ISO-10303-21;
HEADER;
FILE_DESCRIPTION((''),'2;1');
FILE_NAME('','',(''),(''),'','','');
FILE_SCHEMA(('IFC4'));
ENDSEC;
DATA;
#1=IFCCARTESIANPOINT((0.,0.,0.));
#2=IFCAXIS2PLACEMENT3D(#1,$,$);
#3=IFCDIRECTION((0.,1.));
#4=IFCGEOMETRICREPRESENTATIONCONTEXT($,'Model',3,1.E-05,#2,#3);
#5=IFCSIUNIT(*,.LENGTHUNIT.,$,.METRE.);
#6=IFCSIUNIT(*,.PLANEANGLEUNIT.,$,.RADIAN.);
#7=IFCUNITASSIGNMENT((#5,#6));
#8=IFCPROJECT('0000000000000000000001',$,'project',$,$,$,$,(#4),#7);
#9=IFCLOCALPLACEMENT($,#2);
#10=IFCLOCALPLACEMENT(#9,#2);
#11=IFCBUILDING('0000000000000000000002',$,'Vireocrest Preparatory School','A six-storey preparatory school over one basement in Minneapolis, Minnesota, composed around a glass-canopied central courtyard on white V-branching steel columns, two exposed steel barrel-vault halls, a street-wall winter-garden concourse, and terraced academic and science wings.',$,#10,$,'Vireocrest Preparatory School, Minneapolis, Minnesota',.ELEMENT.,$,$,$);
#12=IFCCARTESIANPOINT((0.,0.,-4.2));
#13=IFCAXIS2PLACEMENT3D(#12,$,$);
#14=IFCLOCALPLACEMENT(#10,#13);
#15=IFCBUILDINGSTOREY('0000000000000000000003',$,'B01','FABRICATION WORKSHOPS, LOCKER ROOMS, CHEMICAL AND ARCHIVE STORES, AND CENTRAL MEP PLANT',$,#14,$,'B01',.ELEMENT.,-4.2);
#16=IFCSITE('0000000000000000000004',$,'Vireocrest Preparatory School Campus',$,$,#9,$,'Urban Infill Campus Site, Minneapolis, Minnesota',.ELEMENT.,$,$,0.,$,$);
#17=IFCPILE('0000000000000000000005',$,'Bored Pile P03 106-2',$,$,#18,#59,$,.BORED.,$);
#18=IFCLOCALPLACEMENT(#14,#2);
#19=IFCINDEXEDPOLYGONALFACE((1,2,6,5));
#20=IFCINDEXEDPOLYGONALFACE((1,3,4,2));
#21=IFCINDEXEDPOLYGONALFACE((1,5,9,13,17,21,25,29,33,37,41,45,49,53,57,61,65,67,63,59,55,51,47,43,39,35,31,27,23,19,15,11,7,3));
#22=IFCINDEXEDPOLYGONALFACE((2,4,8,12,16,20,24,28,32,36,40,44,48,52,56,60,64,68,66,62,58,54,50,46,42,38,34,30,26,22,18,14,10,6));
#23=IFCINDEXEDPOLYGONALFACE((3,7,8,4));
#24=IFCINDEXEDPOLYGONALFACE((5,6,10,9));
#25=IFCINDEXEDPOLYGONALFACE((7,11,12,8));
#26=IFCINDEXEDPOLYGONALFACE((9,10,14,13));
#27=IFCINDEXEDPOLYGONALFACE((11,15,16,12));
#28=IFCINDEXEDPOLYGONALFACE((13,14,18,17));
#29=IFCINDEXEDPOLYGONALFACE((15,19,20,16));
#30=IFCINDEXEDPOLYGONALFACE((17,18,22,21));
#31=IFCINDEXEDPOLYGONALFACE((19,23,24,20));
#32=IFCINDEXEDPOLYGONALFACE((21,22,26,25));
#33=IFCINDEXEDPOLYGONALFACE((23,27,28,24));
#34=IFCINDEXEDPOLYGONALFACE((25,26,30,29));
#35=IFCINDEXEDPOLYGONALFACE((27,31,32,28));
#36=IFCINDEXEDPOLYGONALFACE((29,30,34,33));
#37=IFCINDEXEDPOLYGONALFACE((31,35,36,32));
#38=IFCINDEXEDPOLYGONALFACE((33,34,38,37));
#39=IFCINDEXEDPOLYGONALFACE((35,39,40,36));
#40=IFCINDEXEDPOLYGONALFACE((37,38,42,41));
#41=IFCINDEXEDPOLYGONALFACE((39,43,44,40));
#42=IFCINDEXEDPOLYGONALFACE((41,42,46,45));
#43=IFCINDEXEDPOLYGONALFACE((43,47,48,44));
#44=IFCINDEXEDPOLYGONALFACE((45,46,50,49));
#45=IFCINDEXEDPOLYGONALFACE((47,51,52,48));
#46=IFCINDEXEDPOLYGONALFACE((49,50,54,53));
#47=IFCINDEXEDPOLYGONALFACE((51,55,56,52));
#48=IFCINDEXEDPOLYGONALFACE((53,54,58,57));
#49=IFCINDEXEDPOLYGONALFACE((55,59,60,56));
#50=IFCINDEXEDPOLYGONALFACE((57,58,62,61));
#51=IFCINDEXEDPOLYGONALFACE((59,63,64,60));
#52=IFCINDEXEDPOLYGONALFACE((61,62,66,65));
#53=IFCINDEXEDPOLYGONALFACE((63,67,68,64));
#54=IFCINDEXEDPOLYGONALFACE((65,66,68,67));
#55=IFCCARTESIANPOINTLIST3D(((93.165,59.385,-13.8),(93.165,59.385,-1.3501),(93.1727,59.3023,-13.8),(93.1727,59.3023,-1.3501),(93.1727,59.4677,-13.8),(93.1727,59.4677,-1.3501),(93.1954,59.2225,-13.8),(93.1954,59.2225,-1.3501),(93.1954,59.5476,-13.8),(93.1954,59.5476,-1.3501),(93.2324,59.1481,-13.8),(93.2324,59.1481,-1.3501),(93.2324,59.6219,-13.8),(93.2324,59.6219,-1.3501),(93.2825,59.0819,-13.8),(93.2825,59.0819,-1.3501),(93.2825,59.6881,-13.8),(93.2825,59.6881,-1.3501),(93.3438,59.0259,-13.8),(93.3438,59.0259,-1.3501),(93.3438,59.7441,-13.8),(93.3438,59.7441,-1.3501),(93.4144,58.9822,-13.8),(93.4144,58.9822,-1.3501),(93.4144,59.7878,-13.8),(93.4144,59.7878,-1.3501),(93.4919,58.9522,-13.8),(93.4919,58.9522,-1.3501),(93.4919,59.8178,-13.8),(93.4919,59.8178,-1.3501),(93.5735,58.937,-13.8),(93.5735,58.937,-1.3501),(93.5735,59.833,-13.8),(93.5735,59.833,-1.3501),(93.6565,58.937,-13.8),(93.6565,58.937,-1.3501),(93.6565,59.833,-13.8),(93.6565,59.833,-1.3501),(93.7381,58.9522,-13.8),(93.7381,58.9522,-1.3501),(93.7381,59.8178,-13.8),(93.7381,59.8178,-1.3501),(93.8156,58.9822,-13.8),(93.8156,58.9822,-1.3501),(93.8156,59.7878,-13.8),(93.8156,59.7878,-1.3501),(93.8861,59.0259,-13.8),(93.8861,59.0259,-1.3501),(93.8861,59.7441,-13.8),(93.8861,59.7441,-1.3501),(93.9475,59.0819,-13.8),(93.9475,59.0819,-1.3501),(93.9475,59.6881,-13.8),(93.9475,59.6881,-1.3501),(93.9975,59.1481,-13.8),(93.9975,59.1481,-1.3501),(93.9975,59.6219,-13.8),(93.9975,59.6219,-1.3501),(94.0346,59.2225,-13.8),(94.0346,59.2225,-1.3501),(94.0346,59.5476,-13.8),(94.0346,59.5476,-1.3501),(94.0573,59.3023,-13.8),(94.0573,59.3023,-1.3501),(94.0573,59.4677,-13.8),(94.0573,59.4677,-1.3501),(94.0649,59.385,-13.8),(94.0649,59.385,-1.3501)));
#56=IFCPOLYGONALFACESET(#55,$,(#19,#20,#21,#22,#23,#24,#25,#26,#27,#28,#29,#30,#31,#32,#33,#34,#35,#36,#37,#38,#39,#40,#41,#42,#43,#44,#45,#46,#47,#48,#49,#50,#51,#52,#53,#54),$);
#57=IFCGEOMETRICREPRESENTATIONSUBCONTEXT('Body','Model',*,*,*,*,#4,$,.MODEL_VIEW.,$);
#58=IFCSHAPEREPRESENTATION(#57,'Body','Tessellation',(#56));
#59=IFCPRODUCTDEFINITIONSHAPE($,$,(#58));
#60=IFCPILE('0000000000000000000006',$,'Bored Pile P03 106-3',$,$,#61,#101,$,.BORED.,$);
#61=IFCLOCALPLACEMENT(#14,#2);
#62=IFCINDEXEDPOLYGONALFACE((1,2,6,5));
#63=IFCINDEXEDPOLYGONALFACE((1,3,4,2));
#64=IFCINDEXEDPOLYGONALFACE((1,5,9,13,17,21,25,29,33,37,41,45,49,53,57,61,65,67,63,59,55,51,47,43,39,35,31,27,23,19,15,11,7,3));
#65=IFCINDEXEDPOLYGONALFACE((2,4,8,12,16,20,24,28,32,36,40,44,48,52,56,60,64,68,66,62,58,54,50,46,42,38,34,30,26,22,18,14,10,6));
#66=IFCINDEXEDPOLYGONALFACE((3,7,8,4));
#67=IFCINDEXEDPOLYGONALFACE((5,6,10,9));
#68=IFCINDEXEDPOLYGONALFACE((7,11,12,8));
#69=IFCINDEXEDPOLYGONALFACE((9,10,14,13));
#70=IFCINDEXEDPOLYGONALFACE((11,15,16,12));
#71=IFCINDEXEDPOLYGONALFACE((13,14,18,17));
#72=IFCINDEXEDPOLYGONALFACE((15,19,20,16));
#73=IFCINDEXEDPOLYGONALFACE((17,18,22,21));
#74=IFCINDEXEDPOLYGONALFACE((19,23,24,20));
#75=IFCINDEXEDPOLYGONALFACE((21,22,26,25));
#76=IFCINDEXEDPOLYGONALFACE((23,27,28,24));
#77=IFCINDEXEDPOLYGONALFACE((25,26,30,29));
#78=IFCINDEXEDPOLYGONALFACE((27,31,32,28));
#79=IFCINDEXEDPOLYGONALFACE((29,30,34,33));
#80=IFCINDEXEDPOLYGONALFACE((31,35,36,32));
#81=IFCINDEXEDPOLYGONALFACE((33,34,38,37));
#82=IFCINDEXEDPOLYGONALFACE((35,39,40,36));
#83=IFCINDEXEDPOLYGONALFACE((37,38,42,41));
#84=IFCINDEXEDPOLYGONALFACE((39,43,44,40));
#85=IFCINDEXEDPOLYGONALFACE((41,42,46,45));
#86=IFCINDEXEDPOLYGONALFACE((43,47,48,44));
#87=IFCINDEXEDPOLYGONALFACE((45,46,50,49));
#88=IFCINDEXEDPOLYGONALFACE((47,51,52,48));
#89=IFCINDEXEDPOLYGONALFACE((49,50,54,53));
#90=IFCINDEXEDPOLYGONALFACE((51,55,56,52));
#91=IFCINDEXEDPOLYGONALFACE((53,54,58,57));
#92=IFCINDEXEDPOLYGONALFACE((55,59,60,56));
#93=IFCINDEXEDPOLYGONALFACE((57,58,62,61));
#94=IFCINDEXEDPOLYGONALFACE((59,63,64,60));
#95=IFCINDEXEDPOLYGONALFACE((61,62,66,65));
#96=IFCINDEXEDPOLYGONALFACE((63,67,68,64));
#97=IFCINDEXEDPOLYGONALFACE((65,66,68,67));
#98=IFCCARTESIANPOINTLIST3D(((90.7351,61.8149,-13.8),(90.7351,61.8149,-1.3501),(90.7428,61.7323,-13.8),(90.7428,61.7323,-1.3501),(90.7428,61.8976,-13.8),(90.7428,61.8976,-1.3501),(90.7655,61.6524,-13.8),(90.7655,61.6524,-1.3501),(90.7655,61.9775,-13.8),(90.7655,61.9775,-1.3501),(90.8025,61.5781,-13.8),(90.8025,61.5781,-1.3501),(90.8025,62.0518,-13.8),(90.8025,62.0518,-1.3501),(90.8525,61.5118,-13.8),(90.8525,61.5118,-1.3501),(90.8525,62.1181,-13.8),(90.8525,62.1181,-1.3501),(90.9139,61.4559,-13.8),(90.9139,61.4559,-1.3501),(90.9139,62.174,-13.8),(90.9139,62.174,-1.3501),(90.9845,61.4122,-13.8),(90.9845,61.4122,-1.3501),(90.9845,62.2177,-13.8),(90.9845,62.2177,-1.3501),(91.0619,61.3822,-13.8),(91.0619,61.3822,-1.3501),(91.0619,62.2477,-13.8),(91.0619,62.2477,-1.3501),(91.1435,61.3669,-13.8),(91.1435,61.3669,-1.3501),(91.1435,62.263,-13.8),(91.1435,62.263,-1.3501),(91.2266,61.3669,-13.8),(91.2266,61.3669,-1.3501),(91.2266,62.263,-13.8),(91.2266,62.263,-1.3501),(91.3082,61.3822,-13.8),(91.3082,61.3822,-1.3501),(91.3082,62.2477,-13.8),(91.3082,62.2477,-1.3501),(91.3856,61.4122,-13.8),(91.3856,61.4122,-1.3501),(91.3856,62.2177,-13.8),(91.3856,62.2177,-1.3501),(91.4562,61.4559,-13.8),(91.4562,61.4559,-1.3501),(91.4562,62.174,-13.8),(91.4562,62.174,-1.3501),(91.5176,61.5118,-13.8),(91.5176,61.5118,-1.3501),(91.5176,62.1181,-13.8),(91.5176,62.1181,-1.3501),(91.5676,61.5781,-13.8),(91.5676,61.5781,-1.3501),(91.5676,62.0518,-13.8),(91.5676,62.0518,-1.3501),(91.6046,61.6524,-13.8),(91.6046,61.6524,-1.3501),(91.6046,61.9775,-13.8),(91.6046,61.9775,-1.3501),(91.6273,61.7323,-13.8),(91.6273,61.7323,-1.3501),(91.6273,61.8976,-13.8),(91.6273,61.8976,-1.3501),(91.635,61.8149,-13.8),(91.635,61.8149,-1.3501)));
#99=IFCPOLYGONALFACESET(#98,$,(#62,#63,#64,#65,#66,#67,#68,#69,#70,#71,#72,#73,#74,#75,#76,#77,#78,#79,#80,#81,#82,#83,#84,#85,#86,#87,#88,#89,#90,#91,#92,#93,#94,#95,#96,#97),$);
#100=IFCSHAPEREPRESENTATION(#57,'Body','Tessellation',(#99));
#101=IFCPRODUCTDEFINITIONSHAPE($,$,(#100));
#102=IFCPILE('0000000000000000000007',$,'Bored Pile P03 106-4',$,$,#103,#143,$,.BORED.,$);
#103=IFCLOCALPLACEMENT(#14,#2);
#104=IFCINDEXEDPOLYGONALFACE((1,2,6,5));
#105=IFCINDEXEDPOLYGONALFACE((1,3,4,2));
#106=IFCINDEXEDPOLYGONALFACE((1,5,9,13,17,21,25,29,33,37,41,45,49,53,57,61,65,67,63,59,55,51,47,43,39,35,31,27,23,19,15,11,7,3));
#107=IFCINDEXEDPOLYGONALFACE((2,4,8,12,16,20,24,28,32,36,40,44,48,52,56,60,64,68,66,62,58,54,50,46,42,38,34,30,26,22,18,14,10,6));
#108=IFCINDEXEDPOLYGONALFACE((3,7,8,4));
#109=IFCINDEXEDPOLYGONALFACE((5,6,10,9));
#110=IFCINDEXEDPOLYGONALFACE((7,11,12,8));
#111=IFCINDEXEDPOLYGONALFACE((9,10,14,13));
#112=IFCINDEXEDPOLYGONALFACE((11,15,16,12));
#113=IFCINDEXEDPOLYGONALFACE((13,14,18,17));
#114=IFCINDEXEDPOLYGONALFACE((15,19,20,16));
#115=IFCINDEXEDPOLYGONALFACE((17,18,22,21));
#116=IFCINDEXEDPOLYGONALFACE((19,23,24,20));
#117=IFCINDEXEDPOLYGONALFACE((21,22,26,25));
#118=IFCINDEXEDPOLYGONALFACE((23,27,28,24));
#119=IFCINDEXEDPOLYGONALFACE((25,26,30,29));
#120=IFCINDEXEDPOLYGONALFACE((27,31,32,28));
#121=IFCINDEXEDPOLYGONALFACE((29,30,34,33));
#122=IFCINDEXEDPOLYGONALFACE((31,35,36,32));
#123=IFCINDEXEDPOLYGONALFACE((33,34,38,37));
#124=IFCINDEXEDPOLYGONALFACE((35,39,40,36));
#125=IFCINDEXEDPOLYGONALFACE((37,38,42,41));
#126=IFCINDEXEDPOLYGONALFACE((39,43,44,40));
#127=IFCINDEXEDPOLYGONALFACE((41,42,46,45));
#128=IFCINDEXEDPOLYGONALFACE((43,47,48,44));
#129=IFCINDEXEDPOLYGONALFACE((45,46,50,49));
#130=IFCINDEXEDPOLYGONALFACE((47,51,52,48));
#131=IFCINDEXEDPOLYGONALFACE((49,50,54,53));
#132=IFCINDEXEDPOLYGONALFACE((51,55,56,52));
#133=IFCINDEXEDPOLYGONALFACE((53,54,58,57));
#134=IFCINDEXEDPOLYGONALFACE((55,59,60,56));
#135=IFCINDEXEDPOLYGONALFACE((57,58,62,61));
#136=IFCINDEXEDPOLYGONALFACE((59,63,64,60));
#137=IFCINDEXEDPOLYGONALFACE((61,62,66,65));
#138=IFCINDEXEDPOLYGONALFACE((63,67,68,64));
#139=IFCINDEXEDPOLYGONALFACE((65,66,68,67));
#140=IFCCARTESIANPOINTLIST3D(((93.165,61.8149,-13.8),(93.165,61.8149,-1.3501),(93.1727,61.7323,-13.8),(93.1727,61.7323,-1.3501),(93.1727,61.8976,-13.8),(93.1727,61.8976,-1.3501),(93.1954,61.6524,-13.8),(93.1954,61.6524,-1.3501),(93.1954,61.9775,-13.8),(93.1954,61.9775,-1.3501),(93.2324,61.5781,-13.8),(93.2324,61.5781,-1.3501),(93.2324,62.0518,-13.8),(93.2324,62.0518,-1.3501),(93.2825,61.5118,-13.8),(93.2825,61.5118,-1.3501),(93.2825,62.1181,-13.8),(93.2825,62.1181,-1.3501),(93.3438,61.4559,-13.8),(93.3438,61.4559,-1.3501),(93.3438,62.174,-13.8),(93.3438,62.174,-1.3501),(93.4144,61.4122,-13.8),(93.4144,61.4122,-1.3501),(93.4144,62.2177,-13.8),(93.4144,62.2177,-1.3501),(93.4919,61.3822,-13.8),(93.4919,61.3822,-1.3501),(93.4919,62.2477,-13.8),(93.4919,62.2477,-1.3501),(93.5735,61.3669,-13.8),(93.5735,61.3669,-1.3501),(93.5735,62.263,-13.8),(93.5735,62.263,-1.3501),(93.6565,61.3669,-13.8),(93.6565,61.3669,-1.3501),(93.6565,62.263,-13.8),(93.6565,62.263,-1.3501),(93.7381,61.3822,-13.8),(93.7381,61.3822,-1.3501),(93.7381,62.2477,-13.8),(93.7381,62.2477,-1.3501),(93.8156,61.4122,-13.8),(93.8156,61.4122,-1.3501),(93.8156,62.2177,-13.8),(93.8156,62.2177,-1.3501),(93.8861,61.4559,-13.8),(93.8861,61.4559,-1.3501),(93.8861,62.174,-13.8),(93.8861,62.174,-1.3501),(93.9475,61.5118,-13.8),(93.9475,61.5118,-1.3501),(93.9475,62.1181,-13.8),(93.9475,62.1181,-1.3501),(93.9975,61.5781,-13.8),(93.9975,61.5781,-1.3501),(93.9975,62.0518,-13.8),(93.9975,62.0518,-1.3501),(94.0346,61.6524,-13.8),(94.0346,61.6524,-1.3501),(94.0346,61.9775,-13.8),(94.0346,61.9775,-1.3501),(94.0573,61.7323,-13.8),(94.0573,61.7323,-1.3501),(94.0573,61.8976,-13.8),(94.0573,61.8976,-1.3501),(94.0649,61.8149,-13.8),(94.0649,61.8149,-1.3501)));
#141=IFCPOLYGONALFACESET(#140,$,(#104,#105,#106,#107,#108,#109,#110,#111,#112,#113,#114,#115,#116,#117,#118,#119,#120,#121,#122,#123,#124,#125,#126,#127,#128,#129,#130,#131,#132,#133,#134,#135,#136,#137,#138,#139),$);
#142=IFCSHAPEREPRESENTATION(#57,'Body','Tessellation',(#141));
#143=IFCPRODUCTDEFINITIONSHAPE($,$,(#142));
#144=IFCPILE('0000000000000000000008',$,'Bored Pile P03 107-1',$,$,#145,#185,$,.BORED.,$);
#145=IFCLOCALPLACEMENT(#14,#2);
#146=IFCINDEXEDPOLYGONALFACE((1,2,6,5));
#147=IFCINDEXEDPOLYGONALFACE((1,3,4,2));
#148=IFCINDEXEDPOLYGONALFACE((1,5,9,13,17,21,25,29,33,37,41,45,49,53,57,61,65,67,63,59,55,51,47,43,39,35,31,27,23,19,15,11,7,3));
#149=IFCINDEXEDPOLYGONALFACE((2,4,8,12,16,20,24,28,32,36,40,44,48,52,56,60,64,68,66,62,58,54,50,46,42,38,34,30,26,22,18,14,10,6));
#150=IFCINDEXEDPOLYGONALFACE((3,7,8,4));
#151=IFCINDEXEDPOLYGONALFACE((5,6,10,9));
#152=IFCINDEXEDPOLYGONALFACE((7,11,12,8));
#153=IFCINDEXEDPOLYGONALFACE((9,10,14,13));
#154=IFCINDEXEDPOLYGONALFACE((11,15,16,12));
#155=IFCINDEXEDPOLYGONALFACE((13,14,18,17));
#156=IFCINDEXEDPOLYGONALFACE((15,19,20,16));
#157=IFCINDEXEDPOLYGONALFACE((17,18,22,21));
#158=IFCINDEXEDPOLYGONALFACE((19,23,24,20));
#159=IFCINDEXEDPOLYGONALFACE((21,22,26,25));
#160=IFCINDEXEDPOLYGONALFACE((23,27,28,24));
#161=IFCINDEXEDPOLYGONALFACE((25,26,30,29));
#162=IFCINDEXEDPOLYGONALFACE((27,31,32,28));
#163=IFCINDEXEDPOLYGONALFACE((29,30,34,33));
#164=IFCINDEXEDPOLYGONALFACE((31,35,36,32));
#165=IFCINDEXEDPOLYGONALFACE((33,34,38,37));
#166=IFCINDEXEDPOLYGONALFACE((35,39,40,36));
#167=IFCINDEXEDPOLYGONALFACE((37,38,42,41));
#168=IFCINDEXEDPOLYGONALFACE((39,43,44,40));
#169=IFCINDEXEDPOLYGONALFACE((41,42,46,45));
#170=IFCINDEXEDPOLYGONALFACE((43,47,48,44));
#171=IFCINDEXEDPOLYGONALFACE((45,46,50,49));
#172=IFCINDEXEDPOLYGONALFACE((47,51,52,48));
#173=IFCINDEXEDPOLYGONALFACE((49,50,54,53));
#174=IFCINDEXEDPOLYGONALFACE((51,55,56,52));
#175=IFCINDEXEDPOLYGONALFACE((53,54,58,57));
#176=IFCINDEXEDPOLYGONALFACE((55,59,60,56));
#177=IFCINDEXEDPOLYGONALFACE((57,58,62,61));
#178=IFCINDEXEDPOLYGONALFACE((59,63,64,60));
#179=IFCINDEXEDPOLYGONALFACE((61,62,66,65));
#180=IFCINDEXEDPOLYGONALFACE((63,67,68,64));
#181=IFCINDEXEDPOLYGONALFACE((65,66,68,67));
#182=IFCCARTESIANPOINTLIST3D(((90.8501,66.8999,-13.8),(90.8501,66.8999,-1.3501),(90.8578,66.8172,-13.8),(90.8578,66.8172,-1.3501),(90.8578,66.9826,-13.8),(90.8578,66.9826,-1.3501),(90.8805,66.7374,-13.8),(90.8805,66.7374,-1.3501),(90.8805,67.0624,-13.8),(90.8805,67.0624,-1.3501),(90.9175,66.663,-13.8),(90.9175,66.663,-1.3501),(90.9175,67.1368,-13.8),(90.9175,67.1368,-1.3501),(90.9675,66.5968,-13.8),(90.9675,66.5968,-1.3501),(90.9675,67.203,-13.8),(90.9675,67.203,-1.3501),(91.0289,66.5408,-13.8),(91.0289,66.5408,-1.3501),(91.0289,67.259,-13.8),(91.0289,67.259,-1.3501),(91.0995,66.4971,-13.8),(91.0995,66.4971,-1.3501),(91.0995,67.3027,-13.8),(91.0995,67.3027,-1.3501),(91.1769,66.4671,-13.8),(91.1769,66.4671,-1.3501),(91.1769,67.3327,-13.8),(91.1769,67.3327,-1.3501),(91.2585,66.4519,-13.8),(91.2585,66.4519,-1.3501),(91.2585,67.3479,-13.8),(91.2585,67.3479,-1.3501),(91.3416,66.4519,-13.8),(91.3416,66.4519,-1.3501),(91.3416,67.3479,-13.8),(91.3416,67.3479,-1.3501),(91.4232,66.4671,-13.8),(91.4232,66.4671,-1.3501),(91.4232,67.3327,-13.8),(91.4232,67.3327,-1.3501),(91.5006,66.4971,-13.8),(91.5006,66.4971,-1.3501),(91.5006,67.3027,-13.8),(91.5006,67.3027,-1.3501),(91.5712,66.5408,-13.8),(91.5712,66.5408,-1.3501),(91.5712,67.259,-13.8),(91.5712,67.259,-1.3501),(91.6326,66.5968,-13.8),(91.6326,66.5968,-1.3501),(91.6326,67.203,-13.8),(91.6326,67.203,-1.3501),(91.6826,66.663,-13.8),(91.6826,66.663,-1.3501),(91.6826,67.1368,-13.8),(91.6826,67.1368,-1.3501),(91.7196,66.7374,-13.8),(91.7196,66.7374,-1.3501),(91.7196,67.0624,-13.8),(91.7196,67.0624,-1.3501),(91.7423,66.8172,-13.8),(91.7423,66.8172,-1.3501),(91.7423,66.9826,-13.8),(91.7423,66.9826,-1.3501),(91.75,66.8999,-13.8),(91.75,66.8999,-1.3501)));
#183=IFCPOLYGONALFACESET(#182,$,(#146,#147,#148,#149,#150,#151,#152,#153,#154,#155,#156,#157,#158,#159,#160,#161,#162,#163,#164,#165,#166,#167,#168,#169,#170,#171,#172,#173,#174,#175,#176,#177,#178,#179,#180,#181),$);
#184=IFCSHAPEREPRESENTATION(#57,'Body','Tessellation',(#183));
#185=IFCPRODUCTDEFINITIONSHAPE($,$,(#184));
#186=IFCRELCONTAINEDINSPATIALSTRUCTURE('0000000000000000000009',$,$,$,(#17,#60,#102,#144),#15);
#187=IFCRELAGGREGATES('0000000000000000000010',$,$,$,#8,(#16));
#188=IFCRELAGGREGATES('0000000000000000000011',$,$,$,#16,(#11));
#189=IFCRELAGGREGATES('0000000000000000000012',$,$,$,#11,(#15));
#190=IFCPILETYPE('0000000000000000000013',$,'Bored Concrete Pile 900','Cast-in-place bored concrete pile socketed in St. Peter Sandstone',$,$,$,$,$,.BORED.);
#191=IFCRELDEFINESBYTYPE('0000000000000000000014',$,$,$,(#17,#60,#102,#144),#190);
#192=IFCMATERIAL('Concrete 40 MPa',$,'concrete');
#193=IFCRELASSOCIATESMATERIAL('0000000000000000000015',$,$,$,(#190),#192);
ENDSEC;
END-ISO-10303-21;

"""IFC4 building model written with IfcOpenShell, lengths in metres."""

from ifc_helpers import new_model, si_unit, direction, frame, origin, origin_2d, place, context, subcontext, project, spatial, circle, extrude, material, material_profile, profile_set, type_object, element, save


model = new_model("IFC4")

# Units and contexts
model_context = context("Model", 3, precision=1e-05, world=origin(), true_north=direction((0.0, 1.0)))
body_context = subcontext(model_context, "Body", "Model", "MODEL_VIEW")
ifc_project = project(units=[si_unit("LENGTHUNIT", "METRE"), si_unit("PLANEANGLEUNIT", "RADIAN")], contexts=[model_context])

# Site, building, storey
site_placement = place(None, origin())
site = spatial("IfcSite", under=ifc_project, at=site_placement, Name="Vireocrest Preparatory School Campus", LongName="Urban Infill Campus Site, Minneapolis, Minnesota", CompositionType="ELEMENT", RefElevation=0.0)
building_placement = place(site_placement, origin())
building = spatial("IfcBuilding", under=site, at=building_placement, Name="Vireocrest Preparatory School", Description="A six-storey preparatory school over one basement in Minneapolis, Minnesota, composed around a glass-canopied central courtyard on white V-branching steel columns, two exposed steel barrel-vault halls, a street-wall winter-garden concourse, and terraced academic and science wings.", LongName="Vireocrest Preparatory School, Minneapolis, Minnesota", CompositionType="ELEMENT")
storey_placement = place(building_placement, frame((0.0, 0.0, -4.2)))
storey = spatial("IfcBuildingStorey", under=building, at=storey_placement, Name="B01", Description="FABRICATION WORKSHOPS, LOCKER ROOMS, CHEMICAL AND ARCHIVE STORES, AND CENTRAL MEP PLANT", LongName="B01", CompositionType="ELEMENT", Elevation=-4.2)

# Piles
ifc_material_1 = material(Name="Concrete 40 MPa", Category="concrete")
ifc_material_profile_1 = material_profile(ifc_material_1, circle(Radius=0.45, at=origin_2d()), Name="BORED PILE 900")
ifc_profile_set_1 = profile_set([ifc_material_profile_1], Name="Concrete 40 MPa")
pile_type = type_object("IfcPileType", Name="Bored Concrete Pile 900", Description="Cast-in-place bored concrete pile socketed in St. Peter Sandstone", PredefinedType="BORED", material=ifc_profile_set_1)
for number, where, z_axis, x_axis, name in (
    (1, (93.615, 59.385, -1.3501), (0.0, 0.0, -1.0), (1.0, 0.0, 0.0), "Bored Pile P03 106-2"),
    (2, (91.1851, 61.8149, -1.3501), (0.0, 0.0, -1.0), (1.0, 0.0, 0.0), "Bored Pile P03 106-3"),
    (3, (93.615, 61.8149, -1.3501), (0.0, 0.0, -1.0), (1.0, 0.0, 0.0), "Bored Pile P03 106-4"),
    (4, (91.3, 66.8999, -1.3501), (0.0, 0.0, -1.0), (1.0, 0.0, 0.0), "Bored Pile P03 107-1"),
):
    element("IfcPile", number, at=place(storey_placement, frame(where, z_axis=z_axis, x_axis=x_axis)), inside=storey, type_object=pile_type, Name=name, PredefinedType="BORED", context=body_context, shape_type="SweptSolid", body=[
        extrude(circle(Radius=0.45, at=origin_2d()), origin(), (0.0, 0.0, 1.0), 12.45),
    ])

save(model, "model.ifc")
